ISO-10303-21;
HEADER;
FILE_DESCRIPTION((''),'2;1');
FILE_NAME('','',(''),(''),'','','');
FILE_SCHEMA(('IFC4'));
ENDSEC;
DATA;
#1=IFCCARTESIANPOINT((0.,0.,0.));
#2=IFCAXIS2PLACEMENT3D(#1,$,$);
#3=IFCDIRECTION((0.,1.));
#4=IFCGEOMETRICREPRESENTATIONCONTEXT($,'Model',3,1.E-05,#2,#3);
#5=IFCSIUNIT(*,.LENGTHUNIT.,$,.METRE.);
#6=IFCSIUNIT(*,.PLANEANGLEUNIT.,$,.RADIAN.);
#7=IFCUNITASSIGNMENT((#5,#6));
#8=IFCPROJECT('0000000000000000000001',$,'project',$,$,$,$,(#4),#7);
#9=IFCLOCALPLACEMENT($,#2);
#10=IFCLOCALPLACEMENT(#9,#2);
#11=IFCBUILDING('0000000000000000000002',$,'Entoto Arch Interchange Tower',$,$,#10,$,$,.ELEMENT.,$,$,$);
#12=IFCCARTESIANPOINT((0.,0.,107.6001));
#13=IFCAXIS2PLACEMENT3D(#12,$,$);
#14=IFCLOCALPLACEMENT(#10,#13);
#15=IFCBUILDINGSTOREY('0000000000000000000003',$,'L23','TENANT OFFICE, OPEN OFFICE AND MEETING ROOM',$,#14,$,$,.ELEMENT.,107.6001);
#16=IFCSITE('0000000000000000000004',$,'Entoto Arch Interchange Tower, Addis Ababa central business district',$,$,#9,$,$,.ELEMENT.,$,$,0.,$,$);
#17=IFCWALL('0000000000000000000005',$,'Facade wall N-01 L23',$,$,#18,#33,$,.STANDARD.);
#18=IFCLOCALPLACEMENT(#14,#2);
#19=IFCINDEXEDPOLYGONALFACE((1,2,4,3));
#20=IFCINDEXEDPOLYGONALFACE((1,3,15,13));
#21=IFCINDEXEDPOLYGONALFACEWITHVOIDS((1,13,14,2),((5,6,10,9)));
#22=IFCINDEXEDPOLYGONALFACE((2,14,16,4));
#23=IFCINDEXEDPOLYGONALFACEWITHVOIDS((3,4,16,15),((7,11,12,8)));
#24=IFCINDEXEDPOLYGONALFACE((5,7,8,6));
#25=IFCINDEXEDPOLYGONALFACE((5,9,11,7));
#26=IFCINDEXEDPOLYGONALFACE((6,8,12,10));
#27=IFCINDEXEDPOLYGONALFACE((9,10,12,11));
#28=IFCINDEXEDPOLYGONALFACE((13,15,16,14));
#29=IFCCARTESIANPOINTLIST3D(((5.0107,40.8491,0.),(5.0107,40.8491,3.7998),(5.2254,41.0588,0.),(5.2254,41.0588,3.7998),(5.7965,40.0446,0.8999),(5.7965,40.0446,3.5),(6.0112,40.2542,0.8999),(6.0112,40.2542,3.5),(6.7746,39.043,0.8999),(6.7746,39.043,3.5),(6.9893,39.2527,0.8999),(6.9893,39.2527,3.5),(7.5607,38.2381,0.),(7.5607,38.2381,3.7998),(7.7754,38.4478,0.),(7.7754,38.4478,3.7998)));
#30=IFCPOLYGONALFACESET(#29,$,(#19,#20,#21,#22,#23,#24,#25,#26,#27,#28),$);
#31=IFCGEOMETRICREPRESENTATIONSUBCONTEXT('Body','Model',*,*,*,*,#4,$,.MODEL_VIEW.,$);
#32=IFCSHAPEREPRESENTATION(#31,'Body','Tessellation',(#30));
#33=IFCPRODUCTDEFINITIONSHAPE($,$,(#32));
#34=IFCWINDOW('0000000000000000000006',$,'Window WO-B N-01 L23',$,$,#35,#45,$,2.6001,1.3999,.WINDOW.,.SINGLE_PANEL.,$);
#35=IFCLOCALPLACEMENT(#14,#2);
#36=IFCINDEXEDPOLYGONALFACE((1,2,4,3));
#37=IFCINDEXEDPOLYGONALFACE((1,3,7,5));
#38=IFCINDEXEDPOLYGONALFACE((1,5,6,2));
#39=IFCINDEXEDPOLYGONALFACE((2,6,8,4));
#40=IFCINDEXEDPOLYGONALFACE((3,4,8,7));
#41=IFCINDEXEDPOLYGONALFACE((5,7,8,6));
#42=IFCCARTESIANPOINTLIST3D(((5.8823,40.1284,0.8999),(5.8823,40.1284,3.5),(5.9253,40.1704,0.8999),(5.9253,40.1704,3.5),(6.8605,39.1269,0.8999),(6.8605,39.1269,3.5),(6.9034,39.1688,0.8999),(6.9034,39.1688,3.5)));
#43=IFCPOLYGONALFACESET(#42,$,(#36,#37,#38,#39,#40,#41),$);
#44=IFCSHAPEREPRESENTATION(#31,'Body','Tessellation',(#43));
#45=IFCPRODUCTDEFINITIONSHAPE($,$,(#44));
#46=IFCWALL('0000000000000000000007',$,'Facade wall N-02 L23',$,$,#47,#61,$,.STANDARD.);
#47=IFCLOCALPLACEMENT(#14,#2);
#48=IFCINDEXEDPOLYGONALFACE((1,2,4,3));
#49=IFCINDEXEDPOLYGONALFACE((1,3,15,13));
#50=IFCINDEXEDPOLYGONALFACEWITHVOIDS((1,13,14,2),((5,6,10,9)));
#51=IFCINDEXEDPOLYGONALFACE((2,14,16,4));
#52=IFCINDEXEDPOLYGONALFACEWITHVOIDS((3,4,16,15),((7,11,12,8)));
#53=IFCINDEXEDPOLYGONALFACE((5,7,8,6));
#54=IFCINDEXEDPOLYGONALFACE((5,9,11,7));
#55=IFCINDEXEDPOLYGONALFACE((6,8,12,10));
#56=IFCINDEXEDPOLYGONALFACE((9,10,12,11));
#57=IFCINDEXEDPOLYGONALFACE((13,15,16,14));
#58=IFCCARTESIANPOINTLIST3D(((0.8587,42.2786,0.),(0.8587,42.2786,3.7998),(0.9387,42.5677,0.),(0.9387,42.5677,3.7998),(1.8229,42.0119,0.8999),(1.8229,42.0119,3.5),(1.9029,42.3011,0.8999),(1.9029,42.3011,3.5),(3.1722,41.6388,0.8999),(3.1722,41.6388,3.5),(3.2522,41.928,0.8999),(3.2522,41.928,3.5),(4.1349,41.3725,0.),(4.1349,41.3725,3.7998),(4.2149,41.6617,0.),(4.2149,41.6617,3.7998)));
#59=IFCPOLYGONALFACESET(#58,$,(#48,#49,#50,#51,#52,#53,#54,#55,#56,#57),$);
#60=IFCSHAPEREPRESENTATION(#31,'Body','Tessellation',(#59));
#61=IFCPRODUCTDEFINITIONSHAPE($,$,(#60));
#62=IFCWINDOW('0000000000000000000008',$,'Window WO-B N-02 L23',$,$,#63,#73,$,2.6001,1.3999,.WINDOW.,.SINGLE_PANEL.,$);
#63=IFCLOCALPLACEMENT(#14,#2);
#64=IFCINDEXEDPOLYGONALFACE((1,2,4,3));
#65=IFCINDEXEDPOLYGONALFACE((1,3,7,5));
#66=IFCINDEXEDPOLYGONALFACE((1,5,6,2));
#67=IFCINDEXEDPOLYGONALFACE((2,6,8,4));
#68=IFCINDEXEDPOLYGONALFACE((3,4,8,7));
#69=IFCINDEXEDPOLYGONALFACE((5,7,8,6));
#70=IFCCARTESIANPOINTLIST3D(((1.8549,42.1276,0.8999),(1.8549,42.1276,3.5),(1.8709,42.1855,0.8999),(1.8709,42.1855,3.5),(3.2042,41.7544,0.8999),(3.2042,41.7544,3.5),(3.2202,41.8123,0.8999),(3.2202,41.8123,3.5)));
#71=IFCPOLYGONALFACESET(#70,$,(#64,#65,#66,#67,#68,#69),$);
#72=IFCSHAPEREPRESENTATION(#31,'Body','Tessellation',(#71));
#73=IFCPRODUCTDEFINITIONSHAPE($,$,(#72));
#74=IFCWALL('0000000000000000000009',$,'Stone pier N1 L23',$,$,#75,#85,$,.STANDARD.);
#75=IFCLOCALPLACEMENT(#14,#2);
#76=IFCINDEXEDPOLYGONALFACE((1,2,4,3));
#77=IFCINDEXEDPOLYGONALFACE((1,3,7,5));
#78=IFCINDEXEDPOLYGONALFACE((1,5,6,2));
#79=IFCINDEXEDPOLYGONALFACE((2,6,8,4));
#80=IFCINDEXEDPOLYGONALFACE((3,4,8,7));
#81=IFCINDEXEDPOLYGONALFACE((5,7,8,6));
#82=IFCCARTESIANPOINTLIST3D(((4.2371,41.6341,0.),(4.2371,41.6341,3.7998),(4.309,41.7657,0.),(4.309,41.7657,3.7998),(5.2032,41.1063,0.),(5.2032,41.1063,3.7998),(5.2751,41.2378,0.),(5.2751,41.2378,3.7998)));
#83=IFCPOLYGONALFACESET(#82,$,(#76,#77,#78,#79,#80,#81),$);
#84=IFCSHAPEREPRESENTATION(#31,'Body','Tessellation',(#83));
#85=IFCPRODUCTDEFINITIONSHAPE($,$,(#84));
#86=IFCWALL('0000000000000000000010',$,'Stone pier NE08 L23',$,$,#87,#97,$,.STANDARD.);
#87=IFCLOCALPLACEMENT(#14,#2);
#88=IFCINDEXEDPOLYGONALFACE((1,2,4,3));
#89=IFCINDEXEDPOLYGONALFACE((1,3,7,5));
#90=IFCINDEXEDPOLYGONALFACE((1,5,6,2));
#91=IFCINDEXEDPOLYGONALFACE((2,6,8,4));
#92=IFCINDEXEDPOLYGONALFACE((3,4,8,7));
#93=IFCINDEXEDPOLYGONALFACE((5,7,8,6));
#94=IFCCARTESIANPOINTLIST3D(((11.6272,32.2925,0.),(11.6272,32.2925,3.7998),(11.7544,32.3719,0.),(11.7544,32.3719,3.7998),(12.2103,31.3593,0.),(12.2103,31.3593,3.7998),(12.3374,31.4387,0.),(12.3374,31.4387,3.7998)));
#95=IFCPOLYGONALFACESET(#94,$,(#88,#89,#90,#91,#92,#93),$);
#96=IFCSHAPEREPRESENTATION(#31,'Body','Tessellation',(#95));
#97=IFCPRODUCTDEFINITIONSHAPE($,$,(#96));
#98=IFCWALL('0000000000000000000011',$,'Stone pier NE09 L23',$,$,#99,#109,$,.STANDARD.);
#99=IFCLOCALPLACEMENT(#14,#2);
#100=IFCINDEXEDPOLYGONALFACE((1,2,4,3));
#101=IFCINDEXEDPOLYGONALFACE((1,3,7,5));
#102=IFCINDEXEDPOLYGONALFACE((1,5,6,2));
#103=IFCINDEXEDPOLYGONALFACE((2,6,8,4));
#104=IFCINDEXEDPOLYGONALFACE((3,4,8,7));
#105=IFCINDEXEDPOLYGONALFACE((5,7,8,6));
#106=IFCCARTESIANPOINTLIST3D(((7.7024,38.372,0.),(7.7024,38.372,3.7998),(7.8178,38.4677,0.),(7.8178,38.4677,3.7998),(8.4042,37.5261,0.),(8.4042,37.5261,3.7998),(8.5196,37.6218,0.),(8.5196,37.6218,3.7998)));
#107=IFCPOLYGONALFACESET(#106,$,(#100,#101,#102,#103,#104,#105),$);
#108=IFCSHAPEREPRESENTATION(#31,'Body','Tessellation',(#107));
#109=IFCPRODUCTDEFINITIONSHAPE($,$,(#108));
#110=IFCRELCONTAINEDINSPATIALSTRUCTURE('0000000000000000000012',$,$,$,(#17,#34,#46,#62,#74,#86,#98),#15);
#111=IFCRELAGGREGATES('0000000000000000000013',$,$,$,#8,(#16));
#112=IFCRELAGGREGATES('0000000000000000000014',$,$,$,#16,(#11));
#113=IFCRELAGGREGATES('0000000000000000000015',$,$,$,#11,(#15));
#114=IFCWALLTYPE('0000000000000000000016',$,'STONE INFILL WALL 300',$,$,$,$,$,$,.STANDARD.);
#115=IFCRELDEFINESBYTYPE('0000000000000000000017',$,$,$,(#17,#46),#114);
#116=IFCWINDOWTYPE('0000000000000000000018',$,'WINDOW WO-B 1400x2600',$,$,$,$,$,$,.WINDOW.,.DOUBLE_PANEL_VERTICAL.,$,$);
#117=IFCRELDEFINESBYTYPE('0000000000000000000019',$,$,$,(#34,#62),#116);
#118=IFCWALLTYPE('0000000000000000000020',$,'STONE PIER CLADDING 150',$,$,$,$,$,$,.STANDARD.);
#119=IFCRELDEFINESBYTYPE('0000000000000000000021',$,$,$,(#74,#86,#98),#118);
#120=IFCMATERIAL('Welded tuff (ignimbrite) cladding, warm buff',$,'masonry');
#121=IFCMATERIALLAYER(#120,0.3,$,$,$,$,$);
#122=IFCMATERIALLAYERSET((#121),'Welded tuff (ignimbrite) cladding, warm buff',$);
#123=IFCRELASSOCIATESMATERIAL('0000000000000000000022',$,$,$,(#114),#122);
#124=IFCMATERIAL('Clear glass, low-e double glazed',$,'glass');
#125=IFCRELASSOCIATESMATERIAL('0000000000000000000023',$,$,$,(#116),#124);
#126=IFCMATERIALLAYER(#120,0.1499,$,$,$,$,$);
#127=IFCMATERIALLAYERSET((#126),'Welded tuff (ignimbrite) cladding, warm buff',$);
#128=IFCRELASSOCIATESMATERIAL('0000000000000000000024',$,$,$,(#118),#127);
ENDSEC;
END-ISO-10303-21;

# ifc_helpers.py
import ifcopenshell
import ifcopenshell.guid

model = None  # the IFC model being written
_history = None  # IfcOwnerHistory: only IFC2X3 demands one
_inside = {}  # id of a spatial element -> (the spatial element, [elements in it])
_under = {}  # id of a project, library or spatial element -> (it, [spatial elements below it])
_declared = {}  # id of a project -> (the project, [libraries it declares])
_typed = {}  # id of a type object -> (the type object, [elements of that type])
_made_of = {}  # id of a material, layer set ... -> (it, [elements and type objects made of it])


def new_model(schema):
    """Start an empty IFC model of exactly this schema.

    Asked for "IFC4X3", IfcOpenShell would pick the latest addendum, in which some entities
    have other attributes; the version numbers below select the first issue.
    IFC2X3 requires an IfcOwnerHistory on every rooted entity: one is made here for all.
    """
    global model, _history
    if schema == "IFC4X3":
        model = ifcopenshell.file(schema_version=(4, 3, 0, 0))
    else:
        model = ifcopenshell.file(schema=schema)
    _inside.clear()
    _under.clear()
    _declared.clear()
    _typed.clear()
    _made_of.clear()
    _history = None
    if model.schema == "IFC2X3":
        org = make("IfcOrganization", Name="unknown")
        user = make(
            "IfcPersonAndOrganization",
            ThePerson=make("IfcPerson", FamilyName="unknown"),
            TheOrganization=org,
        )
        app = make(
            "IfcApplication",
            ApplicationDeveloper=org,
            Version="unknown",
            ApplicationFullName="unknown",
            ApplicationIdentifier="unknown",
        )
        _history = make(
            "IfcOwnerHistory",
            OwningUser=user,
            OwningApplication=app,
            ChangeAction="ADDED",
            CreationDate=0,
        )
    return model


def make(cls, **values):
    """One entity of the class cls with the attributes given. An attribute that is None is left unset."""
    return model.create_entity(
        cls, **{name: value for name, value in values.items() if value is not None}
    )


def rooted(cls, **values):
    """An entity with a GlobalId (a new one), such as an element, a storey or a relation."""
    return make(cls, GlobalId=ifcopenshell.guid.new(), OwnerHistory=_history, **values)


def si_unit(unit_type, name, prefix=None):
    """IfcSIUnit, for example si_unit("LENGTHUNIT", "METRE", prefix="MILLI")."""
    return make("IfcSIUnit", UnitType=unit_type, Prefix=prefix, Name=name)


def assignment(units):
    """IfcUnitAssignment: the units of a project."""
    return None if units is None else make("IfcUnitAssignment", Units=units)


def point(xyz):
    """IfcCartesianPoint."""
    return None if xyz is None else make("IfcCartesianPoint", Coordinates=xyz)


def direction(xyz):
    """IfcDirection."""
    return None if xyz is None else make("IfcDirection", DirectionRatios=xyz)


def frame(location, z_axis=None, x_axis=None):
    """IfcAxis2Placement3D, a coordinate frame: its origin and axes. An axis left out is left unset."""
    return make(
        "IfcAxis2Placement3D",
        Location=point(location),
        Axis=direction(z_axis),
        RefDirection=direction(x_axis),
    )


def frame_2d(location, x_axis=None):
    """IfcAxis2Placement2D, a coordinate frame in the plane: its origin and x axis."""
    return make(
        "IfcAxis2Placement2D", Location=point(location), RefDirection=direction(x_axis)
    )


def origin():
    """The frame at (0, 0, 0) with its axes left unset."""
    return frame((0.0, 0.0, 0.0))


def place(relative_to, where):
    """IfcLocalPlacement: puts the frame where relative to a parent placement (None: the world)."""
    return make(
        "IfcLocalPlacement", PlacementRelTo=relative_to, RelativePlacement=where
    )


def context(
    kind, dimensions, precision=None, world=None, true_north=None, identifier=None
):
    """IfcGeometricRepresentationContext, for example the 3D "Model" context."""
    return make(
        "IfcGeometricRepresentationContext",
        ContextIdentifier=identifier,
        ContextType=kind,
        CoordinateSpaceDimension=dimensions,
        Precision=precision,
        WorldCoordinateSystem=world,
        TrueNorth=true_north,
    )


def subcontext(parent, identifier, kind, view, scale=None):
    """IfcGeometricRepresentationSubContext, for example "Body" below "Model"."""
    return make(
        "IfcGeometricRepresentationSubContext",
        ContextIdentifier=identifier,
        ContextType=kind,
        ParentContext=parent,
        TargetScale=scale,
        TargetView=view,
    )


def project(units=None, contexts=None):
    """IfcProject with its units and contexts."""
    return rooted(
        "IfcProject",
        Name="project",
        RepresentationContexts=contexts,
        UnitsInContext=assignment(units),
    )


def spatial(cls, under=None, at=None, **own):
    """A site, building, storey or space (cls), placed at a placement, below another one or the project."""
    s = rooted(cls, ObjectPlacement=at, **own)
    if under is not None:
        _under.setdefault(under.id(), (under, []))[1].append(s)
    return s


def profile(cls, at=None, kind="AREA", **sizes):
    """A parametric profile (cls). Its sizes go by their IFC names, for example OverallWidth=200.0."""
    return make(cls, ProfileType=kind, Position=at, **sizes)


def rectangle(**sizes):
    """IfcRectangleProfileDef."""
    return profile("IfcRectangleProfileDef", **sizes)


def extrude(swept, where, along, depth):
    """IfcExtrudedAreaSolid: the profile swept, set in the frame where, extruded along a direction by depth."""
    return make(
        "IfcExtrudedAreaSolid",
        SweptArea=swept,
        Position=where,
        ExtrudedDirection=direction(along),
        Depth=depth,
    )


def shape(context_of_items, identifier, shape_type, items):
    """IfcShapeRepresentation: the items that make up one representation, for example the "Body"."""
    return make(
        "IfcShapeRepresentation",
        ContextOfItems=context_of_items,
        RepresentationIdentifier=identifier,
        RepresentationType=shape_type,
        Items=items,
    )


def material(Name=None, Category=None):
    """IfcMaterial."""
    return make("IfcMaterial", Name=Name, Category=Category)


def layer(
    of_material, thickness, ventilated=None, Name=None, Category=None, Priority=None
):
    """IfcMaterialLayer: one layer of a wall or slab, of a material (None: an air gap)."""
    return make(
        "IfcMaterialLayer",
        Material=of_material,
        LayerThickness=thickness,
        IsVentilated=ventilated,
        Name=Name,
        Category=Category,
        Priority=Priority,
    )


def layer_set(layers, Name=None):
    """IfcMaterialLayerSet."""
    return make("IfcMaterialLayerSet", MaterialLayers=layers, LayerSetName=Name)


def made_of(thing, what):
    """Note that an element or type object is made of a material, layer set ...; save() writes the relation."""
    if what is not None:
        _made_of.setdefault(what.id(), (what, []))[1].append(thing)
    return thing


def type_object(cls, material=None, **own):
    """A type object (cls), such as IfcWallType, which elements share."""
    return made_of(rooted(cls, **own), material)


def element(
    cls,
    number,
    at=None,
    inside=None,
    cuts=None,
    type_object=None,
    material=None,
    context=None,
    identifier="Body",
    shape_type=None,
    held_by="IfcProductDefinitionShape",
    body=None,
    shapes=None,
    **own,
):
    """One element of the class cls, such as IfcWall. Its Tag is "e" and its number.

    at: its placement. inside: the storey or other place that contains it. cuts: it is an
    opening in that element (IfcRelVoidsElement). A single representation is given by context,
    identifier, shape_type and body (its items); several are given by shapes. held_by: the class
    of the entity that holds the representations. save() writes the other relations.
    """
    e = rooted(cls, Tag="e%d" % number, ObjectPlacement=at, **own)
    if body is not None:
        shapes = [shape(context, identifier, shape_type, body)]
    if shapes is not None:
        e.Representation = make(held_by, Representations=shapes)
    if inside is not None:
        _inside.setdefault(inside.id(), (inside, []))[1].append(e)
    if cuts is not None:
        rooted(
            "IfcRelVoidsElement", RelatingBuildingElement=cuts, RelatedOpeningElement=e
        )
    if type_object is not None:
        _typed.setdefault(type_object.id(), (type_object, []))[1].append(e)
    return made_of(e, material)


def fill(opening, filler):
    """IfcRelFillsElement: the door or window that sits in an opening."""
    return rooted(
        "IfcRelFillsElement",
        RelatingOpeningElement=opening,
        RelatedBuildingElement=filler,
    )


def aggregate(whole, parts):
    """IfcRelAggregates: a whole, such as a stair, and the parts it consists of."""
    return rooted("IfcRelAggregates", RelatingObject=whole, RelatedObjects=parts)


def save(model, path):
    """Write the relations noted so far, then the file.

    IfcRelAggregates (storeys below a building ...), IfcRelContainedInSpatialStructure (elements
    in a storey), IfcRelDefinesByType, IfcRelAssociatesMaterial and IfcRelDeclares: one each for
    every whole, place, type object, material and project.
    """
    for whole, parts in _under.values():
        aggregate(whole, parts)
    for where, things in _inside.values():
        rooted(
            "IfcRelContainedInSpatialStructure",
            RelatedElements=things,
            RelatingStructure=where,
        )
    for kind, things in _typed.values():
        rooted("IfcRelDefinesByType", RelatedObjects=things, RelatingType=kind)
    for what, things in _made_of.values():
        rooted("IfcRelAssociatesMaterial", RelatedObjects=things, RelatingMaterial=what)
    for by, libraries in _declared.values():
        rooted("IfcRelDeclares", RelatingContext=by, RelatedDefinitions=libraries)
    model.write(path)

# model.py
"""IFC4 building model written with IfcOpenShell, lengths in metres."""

from ifc_helpers import new_model, si_unit, direction, frame, frame_2d, origin, place, context, subcontext, project, spatial, rectangle, extrude, material, layer, layer_set, type_object, element, fill, save


model = new_model("IFC4")

# Units and contexts
model_context = context("Model", 3, precision=1e-05, world=origin(), true_north=direction((0.0, 1.0)))
body_context = subcontext(model_context, "Body", "Model", "MODEL_VIEW")
ifc_project = project(units=[si_unit("LENGTHUNIT", "METRE"), si_unit("PLANEANGLEUNIT", "RADIAN")], contexts=[model_context])

# Site, building, storey
site_placement = place(None, origin())
site = spatial("IfcSite", under=ifc_project, at=site_placement, Name="Entoto Arch Interchange Tower, Addis Ababa central business district", CompositionType="ELEMENT", RefElevation=0.0)
building_placement = place(site_placement, origin())
building = spatial("IfcBuilding", under=site, at=building_placement, Name="Entoto Arch Interchange Tower", CompositionType="ELEMENT")
storey_placement = place(building_placement, frame((0.0, 0.0, 107.6001)))
storey = spatial("IfcBuildingStorey", under=building, at=storey_placement, Name="L23", Description="TENANT OFFICE, OPEN OFFICE AND MEETING ROOM", CompositionType="ELEMENT", Elevation=107.6001)

# Shared definitions
ifc_material_1 = material(Name="Welded tuff (ignimbrite) cladding, warm buff", Category="masonry")
ifc_layer_1 = layer(ifc_material_1, 0.3)
ifc_layer_set_1 = layer_set([ifc_layer_1], Name="Welded tuff (ignimbrite) cladding, warm buff")
wall_type_1 = type_object("IfcWallType", Name="STONE INFILL WALL 300", PredefinedType="STANDARD", material=ifc_layer_set_1)
ifc_material_2 = material(Name="Clear glass, low-e double glazed", Category="glass")

# Walls, openings, windows
wall_1_placement = place(storey_placement, frame((7.668, 38.343, 0.0), z_axis=(0.0, 0.0, 1.0), x_axis=(-0.698696, 0.715419, 0.0)))
wall_1 = element("IfcWall", 1, at=wall_1_placement, inside=storey, type_object=wall_type_1, Name="Facade wall N-01 L23", PredefinedType="STANDARD", context=body_context, shape_type="SweptSolid", body=[
    extrude(rectangle(XDim=3.6497, YDim=0.3, at=frame_2d((1.8247, 0.0))), origin(), (0.0, 0.0, 1.0), 3.7998),
])
opening_1_placement = place(wall_1_placement, frame((1.125, 0.0, 0.8999)))
opening_1 = element("IfcOpeningElement", 2, at=opening_1_placement, cuts=wall_1, PredefinedType="OPENING", context=body_context, shape_type="SweptSolid", body=[
    extrude(rectangle(XDim=1.3999, YDim=2.6001, at=frame_2d((0.7, 1.3))), frame((0.0, 0.1602, 0.0), z_axis=(0.0, -1.0, 0.0), x_axis=(1.0, 0.0, 0.0)), (0.0, 0.0, 1.0), 0.3201),
])
window_type_1 = type_object("IfcWindowType", Name="WINDOW WO-B 1400x2600", PartitioningType="DOUBLE_PANEL_VERTICAL", PredefinedType="WINDOW", material=ifc_material_2)
window_1_placement = place(opening_1_placement, origin())
window_1 = element("IfcWindow", 3, at=window_1_placement, inside=storey, type_object=window_type_1, Name="Window WO-B N-01 L23", OverallHeight=2.6001, OverallWidth=1.3999, PartitioningType="SINGLE_PANEL", PredefinedType="WINDOW", context=body_context, shape_type="SweptSolid", body=[
    extrude(rectangle(XDim=1.3999, YDim=2.6001, at=frame_2d((0.7, 1.3))), frame((0.0, 0.03, 0.0), z_axis=(0.0, -1.0, 0.0), x_axis=(1.0, 0.0, 0.0)), (0.0, 0.0, 1.0), 0.0601),
])
fill(opening_1, window_1)
wall_2_placement = place(storey_placement, frame((4.175, 41.5171, 0.0), z_axis=(0.0, 0.0, 1.0), x_axis=(-0.963823, 0.266543, 0.0)))
wall_2 = element("IfcWall", 4, at=wall_2_placement, inside=storey, type_object=wall_type_1, Name="Facade wall N-02 L23", PredefinedType="STANDARD", context=body_context, shape_type="SweptSolid", body=[
    extrude(rectangle(XDim=3.3992, YDim=0.3, at=frame_2d((1.6997, 0.0))), origin(), (0.0, 0.0, 1.0), 3.7998),
])
opening_2_placement = place(wall_2_placement, frame((0.999, 0.0, 0.8999)))
opening_2 = element("IfcOpeningElement", 5, at=opening_2_placement, cuts=wall_2, PredefinedType="OPENING", context=body_context, shape_type="SweptSolid", body=[
    extrude(rectangle(XDim=1.3999, YDim=2.6001, at=frame_2d((0.7, 1.3))), frame((0.0, 0.1602, 0.0), z_axis=(0.0, -1.0, 0.0), x_axis=(1.0, 0.0, 0.0)), (0.0, 0.0, 1.0), 0.3201),
])
window_2_placement = place(opening_2_placement, origin())
window_2 = element("IfcWindow", 6, at=window_2_placement, inside=storey, type_object=window_type_1, Name="Window WO-B N-02 L23", OverallHeight=2.6001, OverallWidth=1.3999, PartitioningType="SINGLE_PANEL", PredefinedType="WINDOW", context=body_context, shape_type="SweptSolid", body=[
    extrude(rectangle(XDim=1.3999, YDim=2.6001, at=frame_2d((0.7, 1.3))), frame((0.0, 0.03, 0.0), z_axis=(0.0, -1.0, 0.0), x_axis=(1.0, 0.0, 0.0)), (0.0, 0.0, 1.0), 0.0601),
])
fill(opening_2, window_2)

# Walls
ifc_layer_2 = layer(ifc_material_1, 0.1499)
ifc_layer_set_2 = layer_set([ifc_layer_2], Name="Welded tuff (ignimbrite) cladding, warm buff")
wall_type_2 = type_object("IfcWallType", Name="STONE PIER CLADDING 150", PredefinedType="STANDARD", material=ifc_layer_set_2)
wall_3_placement = place(storey_placement, frame((5.239, 41.1721, 0.0), z_axis=(0.0, 0.0, 1.0), x_axis=(-0.877556, 0.479474, 0.0)))
element("IfcWall", 7, at=wall_3_placement, inside=storey, type_object=wall_type_2, Name="Stone pier N1 L23", PredefinedType="STANDARD", context=body_context, shape_type="SweptSolid", body=[
    extrude(rectangle(XDim=1.1008, YDim=0.1499, at=frame_2d((0.5503, 0.0))), origin(), (0.0, 0.0, 1.0), 3.7998),
])
wall_4_placement = place(storey_placement, frame((12.2739, 31.3989, 0.0), z_axis=(0.0, 0.0, 1.0), x_axis=(-0.529879, 0.848073, 0.0)))
element("IfcWall", 8, at=wall_4_placement, inside=storey, type_object=wall_type_2, Name="Stone pier NE08 L23", PredefinedType="STANDARD", context=body_context, shape_type="SweptSolid", body=[
    extrude(rectangle(XDim=1.1003, YDim=0.1499, at=frame_2d((0.5503, 0.0))), origin(), (0.0, 0.0, 1.0), 3.7998),
])
wall_5_placement = place(storey_placement, frame((8.4619, 37.574, 0.0), z_axis=(0.0, 0.0, 1.0), x_axis=(-0.638544, 0.769585, 0.0)))
element("IfcWall", 9, at=wall_5_placement, inside=storey, type_object=wall_type_2, Name="Stone pier NE09 L23", PredefinedType="STANDARD", context=body_context, shape_type="SweptSolid", body=[
    extrude(rectangle(XDim=1.0991, YDim=0.1499, at=frame_2d((0.5496, 0.0))), origin(), (0.0, 0.0, 1.0), 3.7998),
])

save(model, "model.ifc")
